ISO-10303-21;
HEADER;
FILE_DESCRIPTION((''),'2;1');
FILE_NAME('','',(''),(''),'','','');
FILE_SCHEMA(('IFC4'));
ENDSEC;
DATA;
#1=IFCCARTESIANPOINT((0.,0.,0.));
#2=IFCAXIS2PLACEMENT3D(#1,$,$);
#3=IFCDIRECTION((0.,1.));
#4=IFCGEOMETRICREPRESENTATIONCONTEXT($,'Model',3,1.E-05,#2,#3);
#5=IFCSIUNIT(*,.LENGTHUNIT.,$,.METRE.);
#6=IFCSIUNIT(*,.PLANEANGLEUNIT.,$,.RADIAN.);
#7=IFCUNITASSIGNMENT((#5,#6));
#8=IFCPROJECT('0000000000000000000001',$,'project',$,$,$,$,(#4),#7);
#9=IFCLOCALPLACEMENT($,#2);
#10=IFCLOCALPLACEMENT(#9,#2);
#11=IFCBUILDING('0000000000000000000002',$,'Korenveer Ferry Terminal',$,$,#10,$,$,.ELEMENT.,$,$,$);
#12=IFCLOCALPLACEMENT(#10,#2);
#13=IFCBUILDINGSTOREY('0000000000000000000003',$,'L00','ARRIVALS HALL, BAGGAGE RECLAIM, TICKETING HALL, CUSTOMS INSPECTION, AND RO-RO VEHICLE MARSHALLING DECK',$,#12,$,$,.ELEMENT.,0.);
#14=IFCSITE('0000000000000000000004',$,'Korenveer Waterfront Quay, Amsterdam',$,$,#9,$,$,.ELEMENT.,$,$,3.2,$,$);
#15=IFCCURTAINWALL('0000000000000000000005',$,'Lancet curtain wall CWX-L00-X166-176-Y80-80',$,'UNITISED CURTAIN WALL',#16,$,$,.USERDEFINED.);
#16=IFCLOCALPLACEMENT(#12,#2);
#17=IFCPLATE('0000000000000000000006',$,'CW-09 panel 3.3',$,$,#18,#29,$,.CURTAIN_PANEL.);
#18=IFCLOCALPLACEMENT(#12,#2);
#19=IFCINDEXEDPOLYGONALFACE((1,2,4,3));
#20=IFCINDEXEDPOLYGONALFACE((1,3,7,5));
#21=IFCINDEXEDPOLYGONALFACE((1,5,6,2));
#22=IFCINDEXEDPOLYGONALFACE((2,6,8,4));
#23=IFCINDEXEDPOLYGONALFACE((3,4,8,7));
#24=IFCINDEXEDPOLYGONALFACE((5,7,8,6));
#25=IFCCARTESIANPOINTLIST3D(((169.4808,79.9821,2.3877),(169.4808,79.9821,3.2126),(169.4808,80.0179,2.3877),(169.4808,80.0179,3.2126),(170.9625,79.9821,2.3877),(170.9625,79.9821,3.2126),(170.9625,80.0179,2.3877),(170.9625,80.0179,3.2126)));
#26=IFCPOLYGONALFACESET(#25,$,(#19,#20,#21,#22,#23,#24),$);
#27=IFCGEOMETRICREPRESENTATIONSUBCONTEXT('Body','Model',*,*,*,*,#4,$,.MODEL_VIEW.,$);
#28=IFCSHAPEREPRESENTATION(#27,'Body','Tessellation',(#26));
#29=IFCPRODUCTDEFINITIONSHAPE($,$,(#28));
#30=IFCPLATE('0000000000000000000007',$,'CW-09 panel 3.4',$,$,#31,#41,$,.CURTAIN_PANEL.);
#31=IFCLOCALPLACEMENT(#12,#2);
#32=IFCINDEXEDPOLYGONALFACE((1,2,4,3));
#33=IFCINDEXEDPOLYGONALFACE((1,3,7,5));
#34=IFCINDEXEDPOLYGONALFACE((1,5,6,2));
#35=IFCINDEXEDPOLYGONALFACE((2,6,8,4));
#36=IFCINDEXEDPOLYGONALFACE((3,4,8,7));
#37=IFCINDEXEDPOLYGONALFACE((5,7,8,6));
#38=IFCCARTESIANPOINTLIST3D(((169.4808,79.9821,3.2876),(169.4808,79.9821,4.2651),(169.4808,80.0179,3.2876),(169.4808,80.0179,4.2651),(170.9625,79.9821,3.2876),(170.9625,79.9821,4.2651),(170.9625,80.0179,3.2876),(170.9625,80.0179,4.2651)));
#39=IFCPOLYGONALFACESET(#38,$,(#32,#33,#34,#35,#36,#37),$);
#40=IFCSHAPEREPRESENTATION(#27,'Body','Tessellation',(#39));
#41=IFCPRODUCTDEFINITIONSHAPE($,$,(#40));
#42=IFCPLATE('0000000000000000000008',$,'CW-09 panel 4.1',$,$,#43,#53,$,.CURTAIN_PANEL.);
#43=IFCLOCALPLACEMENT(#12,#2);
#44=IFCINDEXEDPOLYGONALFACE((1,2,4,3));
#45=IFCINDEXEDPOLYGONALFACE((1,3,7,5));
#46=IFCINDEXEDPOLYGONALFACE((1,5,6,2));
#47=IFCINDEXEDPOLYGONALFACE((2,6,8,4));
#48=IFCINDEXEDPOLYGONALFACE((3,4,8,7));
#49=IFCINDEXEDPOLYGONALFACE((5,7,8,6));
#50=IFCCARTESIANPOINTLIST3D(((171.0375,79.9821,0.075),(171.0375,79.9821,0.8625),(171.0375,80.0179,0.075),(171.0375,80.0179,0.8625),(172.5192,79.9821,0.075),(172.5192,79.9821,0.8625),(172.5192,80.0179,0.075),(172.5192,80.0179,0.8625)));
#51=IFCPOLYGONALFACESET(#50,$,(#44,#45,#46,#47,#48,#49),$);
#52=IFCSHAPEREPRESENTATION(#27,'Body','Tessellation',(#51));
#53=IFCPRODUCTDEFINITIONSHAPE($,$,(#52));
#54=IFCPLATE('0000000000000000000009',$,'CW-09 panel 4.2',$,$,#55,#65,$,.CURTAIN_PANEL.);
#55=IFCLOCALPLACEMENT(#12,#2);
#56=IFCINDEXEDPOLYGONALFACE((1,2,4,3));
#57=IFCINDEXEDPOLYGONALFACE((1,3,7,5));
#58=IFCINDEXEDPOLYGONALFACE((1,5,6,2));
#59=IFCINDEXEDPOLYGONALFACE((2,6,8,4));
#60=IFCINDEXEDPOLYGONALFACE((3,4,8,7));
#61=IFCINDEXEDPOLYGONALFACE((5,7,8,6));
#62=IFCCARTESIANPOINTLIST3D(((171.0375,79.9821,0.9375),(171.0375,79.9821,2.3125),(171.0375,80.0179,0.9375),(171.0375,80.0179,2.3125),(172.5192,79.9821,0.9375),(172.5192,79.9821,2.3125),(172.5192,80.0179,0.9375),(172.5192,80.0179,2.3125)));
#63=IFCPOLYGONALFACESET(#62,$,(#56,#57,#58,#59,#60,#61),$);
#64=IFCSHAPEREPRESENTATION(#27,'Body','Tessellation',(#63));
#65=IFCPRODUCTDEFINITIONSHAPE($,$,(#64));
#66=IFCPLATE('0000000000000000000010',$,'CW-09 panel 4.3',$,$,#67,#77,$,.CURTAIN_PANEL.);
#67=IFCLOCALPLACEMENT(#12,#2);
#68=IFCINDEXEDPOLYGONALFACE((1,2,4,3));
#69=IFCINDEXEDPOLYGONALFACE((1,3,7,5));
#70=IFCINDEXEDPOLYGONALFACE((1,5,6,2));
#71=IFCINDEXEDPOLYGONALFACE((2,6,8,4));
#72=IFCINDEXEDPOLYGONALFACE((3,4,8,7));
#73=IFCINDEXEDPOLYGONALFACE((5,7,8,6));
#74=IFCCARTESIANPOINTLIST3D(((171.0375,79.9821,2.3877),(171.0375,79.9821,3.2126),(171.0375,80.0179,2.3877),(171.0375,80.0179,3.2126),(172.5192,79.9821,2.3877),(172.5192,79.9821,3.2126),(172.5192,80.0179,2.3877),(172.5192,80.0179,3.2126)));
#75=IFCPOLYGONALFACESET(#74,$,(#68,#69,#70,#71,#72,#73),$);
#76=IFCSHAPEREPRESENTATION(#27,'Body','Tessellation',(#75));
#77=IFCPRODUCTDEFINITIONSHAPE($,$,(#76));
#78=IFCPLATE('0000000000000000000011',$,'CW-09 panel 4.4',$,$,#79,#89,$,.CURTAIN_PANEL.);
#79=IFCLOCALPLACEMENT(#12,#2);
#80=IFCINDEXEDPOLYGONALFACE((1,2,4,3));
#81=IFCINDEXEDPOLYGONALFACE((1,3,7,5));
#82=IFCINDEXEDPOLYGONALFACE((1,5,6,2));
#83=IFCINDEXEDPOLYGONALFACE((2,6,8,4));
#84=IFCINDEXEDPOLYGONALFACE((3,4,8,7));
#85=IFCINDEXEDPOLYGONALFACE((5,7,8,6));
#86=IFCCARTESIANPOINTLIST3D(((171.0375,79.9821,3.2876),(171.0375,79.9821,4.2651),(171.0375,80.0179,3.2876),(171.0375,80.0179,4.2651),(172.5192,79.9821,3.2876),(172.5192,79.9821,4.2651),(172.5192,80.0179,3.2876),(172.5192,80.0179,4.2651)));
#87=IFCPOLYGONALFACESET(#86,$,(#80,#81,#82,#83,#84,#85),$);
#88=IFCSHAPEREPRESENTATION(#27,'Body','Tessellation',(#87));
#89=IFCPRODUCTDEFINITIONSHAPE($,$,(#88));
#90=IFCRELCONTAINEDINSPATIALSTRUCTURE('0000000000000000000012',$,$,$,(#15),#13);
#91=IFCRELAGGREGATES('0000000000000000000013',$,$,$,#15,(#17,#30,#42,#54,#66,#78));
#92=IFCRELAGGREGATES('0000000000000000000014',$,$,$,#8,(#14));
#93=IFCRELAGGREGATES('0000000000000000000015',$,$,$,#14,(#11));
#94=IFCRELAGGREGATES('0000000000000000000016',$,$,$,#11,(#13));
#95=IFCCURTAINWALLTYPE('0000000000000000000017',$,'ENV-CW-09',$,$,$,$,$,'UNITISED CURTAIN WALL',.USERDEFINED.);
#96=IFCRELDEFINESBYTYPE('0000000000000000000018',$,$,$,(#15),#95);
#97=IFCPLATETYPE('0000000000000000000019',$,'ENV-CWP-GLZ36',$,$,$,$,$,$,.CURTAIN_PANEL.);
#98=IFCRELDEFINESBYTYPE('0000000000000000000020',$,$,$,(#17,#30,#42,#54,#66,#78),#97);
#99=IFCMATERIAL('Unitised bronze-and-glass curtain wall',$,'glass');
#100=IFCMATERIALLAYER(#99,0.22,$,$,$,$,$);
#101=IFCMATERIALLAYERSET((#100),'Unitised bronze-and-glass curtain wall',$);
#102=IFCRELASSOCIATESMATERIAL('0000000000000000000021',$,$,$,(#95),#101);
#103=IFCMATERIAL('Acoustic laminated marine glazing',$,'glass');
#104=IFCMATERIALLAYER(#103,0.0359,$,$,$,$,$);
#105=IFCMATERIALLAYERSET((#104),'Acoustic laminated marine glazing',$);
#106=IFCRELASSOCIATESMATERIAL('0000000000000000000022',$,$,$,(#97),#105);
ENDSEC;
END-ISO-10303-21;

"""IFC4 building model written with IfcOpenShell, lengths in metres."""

from ifc_helpers import new_model, si_unit, direction, frame, origin, origin_2d, place, context, subcontext, project, spatial, rectangle, extrude, material, layer, layer_set, type_object, element, aggregate, save


model = new_model("IFC4")

# Units and contexts
model_context = context("Model", 3, precision=1e-05, world=origin(), true_north=direction((0.0, 1.0)))
body_context = subcontext(model_context, "Body", "Model", "MODEL_VIEW")
ifc_project = project(units=[si_unit("LENGTHUNIT", "METRE"), si_unit("PLANEANGLEUNIT", "RADIAN")], contexts=[model_context])

# Site, building, storey
site_placement = place(None, origin())
site = spatial("IfcSite", under=ifc_project, at=site_placement, Name="Korenveer Waterfront Quay, Amsterdam", CompositionType="ELEMENT", RefElevation=3.2)
building_placement = place(site_placement, origin())
building = spatial("IfcBuilding", under=site, at=building_placement, Name="Korenveer Ferry Terminal", CompositionType="ELEMENT")
storey_placement = place(building_placement, origin())
storey = spatial("IfcBuildingStorey", under=building, at=storey_placement, Name="L00", Description="ARRIVALS HALL, BAGGAGE RECLAIM, TICKETING HALL, CUSTOMS INSPECTION, AND RO-RO VEHICLE MARSHALLING DECK", CompositionType="ELEMENT", Elevation=0.0)

# Curtain wall, plates
ifc_material_1 = material(Name="Unitised bronze-and-glass curtain wall", Category="glass")
ifc_layer_1 = layer(ifc_material_1, 0.22)
ifc_layer_set_1 = layer_set([ifc_layer_1], Name="Unitised bronze-and-glass curtain wall")
curtain_wall_type = type_object("IfcCurtainWallType", Name="ENV-CW-09", ElementType="UNITISED CURTAIN WALL", PredefinedType="USERDEFINED", material=ifc_layer_set_1)
curtain_wall_placement = place(storey_placement, frame((166.3301, 80.0, 0.0)))
curtain_wall = element("IfcCurtainWall", 1, at=curtain_wall_placement, inside=storey, type_object=curtain_wall_type, Name="Lancet curtain wall CWX-L00-X166-176-Y80-80", ObjectType="UNITISED CURTAIN WALL", PredefinedType="USERDEFINED")
ifc_material_2 = material(Name="Acoustic laminated marine glazing", Category="glass")
ifc_layer_2 = layer(ifc_material_2, 0.0359)
ifc_layer_set_2 = layer_set([ifc_layer_2], Name="Acoustic laminated marine glazing")
plate_type = type_object("IfcPlateType", Name="ENV-CWP-GLZ36", PredefinedType="CURTAIN_PANEL", material=ifc_layer_set_2)
plate_1_placement = place(storey_placement, frame((170.2217, 80.0, 2.3877), z_axis=(0.0, 0.0, 1.0), x_axis=(1.0, 0.0, 0.0)))
plate_1 = element("IfcPlate", 2, at=plate_1_placement, type_object=plate_type, Name="CW-09 panel 3.3", PredefinedType="CURTAIN_PANEL", context=body_context, shape_type="SweptSolid", body=[
    extrude(rectangle(XDim=1.4817, YDim=0.0359, at=origin_2d()), origin(), (0.0, 0.0, 1.0), 0.825),
])
plate_2_placement = place(storey_placement, frame((170.2217, 80.0, 3.2876), z_axis=(0.0, 0.0, 1.0), x_axis=(1.0, 0.0, 0.0)))
plate_2 = element("IfcPlate", 3, at=plate_2_placement, type_object=plate_type, Name="CW-09 panel 3.4", PredefinedType="CURTAIN_PANEL", context=body_context, shape_type="SweptSolid", body=[
    extrude(rectangle(XDim=1.4817, YDim=0.0359, at=origin_2d()), origin(), (0.0, 0.0, 1.0), 0.9775),
])
plate_3_placement = place(storey_placement, frame((171.7783, 80.0, 0.075), z_axis=(0.0, 0.0, 1.0), x_axis=(1.0, 0.0, 0.0)))
plate_3 = element("IfcPlate", 4, at=plate_3_placement, type_object=plate_type, Name="CW-09 panel 4.1", PredefinedType="CURTAIN_PANEL", context=body_context, shape_type="SweptSolid", body=[
    extrude(rectangle(XDim=1.4817, YDim=0.0359, at=origin_2d()), origin(), (0.0, 0.0, 1.0), 0.7876),
])
plate_4_placement = place(storey_placement, frame((171.7783, 80.0, 0.9375), z_axis=(0.0, 0.0, 1.0), x_axis=(1.0, 0.0, 0.0)))
plate_4 = element("IfcPlate", 5, at=plate_4_placement, type_object=plate_type, Name="CW-09 panel 4.2", PredefinedType="CURTAIN_PANEL", context=body_context, shape_type="SweptSolid", body=[
    extrude(rectangle(XDim=1.4817, YDim=0.0359, at=origin_2d()), origin(), (0.0, 0.0, 1.0), 1.375),
])
plate_5_placement = place(storey_placement, frame((171.7783, 80.0, 2.3877), z_axis=(0.0, 0.0, 1.0), x_axis=(1.0, 0.0, 0.0)))
plate_5 = element("IfcPlate", 6, at=plate_5_placement, type_object=plate_type, Name="CW-09 panel 4.3", PredefinedType="CURTAIN_PANEL", context=body_context, shape_type="SweptSolid", body=[
    extrude(rectangle(XDim=1.4817, YDim=0.0359, at=origin_2d()), origin(), (0.0, 0.0, 1.0), 0.825),
])
plate_6_placement = place(storey_placement, frame((171.7783, 80.0, 3.2876), z_axis=(0.0, 0.0, 1.0), x_axis=(1.0, 0.0, 0.0)))
plate_6 = element("IfcPlate", 7, at=plate_6_placement, type_object=plate_type, Name="CW-09 panel 4.4", PredefinedType="CURTAIN_PANEL", context=body_context, shape_type="SweptSolid", body=[
    extrude(rectangle(XDim=1.4817, YDim=0.0359, at=origin_2d()), origin(), (0.0, 0.0, 1.0), 0.9775),
])
aggregate(curtain_wall, [plate_1, plate_2, plate_3, plate_4, plate_5, plate_6])

save(model, "model.ifc")
